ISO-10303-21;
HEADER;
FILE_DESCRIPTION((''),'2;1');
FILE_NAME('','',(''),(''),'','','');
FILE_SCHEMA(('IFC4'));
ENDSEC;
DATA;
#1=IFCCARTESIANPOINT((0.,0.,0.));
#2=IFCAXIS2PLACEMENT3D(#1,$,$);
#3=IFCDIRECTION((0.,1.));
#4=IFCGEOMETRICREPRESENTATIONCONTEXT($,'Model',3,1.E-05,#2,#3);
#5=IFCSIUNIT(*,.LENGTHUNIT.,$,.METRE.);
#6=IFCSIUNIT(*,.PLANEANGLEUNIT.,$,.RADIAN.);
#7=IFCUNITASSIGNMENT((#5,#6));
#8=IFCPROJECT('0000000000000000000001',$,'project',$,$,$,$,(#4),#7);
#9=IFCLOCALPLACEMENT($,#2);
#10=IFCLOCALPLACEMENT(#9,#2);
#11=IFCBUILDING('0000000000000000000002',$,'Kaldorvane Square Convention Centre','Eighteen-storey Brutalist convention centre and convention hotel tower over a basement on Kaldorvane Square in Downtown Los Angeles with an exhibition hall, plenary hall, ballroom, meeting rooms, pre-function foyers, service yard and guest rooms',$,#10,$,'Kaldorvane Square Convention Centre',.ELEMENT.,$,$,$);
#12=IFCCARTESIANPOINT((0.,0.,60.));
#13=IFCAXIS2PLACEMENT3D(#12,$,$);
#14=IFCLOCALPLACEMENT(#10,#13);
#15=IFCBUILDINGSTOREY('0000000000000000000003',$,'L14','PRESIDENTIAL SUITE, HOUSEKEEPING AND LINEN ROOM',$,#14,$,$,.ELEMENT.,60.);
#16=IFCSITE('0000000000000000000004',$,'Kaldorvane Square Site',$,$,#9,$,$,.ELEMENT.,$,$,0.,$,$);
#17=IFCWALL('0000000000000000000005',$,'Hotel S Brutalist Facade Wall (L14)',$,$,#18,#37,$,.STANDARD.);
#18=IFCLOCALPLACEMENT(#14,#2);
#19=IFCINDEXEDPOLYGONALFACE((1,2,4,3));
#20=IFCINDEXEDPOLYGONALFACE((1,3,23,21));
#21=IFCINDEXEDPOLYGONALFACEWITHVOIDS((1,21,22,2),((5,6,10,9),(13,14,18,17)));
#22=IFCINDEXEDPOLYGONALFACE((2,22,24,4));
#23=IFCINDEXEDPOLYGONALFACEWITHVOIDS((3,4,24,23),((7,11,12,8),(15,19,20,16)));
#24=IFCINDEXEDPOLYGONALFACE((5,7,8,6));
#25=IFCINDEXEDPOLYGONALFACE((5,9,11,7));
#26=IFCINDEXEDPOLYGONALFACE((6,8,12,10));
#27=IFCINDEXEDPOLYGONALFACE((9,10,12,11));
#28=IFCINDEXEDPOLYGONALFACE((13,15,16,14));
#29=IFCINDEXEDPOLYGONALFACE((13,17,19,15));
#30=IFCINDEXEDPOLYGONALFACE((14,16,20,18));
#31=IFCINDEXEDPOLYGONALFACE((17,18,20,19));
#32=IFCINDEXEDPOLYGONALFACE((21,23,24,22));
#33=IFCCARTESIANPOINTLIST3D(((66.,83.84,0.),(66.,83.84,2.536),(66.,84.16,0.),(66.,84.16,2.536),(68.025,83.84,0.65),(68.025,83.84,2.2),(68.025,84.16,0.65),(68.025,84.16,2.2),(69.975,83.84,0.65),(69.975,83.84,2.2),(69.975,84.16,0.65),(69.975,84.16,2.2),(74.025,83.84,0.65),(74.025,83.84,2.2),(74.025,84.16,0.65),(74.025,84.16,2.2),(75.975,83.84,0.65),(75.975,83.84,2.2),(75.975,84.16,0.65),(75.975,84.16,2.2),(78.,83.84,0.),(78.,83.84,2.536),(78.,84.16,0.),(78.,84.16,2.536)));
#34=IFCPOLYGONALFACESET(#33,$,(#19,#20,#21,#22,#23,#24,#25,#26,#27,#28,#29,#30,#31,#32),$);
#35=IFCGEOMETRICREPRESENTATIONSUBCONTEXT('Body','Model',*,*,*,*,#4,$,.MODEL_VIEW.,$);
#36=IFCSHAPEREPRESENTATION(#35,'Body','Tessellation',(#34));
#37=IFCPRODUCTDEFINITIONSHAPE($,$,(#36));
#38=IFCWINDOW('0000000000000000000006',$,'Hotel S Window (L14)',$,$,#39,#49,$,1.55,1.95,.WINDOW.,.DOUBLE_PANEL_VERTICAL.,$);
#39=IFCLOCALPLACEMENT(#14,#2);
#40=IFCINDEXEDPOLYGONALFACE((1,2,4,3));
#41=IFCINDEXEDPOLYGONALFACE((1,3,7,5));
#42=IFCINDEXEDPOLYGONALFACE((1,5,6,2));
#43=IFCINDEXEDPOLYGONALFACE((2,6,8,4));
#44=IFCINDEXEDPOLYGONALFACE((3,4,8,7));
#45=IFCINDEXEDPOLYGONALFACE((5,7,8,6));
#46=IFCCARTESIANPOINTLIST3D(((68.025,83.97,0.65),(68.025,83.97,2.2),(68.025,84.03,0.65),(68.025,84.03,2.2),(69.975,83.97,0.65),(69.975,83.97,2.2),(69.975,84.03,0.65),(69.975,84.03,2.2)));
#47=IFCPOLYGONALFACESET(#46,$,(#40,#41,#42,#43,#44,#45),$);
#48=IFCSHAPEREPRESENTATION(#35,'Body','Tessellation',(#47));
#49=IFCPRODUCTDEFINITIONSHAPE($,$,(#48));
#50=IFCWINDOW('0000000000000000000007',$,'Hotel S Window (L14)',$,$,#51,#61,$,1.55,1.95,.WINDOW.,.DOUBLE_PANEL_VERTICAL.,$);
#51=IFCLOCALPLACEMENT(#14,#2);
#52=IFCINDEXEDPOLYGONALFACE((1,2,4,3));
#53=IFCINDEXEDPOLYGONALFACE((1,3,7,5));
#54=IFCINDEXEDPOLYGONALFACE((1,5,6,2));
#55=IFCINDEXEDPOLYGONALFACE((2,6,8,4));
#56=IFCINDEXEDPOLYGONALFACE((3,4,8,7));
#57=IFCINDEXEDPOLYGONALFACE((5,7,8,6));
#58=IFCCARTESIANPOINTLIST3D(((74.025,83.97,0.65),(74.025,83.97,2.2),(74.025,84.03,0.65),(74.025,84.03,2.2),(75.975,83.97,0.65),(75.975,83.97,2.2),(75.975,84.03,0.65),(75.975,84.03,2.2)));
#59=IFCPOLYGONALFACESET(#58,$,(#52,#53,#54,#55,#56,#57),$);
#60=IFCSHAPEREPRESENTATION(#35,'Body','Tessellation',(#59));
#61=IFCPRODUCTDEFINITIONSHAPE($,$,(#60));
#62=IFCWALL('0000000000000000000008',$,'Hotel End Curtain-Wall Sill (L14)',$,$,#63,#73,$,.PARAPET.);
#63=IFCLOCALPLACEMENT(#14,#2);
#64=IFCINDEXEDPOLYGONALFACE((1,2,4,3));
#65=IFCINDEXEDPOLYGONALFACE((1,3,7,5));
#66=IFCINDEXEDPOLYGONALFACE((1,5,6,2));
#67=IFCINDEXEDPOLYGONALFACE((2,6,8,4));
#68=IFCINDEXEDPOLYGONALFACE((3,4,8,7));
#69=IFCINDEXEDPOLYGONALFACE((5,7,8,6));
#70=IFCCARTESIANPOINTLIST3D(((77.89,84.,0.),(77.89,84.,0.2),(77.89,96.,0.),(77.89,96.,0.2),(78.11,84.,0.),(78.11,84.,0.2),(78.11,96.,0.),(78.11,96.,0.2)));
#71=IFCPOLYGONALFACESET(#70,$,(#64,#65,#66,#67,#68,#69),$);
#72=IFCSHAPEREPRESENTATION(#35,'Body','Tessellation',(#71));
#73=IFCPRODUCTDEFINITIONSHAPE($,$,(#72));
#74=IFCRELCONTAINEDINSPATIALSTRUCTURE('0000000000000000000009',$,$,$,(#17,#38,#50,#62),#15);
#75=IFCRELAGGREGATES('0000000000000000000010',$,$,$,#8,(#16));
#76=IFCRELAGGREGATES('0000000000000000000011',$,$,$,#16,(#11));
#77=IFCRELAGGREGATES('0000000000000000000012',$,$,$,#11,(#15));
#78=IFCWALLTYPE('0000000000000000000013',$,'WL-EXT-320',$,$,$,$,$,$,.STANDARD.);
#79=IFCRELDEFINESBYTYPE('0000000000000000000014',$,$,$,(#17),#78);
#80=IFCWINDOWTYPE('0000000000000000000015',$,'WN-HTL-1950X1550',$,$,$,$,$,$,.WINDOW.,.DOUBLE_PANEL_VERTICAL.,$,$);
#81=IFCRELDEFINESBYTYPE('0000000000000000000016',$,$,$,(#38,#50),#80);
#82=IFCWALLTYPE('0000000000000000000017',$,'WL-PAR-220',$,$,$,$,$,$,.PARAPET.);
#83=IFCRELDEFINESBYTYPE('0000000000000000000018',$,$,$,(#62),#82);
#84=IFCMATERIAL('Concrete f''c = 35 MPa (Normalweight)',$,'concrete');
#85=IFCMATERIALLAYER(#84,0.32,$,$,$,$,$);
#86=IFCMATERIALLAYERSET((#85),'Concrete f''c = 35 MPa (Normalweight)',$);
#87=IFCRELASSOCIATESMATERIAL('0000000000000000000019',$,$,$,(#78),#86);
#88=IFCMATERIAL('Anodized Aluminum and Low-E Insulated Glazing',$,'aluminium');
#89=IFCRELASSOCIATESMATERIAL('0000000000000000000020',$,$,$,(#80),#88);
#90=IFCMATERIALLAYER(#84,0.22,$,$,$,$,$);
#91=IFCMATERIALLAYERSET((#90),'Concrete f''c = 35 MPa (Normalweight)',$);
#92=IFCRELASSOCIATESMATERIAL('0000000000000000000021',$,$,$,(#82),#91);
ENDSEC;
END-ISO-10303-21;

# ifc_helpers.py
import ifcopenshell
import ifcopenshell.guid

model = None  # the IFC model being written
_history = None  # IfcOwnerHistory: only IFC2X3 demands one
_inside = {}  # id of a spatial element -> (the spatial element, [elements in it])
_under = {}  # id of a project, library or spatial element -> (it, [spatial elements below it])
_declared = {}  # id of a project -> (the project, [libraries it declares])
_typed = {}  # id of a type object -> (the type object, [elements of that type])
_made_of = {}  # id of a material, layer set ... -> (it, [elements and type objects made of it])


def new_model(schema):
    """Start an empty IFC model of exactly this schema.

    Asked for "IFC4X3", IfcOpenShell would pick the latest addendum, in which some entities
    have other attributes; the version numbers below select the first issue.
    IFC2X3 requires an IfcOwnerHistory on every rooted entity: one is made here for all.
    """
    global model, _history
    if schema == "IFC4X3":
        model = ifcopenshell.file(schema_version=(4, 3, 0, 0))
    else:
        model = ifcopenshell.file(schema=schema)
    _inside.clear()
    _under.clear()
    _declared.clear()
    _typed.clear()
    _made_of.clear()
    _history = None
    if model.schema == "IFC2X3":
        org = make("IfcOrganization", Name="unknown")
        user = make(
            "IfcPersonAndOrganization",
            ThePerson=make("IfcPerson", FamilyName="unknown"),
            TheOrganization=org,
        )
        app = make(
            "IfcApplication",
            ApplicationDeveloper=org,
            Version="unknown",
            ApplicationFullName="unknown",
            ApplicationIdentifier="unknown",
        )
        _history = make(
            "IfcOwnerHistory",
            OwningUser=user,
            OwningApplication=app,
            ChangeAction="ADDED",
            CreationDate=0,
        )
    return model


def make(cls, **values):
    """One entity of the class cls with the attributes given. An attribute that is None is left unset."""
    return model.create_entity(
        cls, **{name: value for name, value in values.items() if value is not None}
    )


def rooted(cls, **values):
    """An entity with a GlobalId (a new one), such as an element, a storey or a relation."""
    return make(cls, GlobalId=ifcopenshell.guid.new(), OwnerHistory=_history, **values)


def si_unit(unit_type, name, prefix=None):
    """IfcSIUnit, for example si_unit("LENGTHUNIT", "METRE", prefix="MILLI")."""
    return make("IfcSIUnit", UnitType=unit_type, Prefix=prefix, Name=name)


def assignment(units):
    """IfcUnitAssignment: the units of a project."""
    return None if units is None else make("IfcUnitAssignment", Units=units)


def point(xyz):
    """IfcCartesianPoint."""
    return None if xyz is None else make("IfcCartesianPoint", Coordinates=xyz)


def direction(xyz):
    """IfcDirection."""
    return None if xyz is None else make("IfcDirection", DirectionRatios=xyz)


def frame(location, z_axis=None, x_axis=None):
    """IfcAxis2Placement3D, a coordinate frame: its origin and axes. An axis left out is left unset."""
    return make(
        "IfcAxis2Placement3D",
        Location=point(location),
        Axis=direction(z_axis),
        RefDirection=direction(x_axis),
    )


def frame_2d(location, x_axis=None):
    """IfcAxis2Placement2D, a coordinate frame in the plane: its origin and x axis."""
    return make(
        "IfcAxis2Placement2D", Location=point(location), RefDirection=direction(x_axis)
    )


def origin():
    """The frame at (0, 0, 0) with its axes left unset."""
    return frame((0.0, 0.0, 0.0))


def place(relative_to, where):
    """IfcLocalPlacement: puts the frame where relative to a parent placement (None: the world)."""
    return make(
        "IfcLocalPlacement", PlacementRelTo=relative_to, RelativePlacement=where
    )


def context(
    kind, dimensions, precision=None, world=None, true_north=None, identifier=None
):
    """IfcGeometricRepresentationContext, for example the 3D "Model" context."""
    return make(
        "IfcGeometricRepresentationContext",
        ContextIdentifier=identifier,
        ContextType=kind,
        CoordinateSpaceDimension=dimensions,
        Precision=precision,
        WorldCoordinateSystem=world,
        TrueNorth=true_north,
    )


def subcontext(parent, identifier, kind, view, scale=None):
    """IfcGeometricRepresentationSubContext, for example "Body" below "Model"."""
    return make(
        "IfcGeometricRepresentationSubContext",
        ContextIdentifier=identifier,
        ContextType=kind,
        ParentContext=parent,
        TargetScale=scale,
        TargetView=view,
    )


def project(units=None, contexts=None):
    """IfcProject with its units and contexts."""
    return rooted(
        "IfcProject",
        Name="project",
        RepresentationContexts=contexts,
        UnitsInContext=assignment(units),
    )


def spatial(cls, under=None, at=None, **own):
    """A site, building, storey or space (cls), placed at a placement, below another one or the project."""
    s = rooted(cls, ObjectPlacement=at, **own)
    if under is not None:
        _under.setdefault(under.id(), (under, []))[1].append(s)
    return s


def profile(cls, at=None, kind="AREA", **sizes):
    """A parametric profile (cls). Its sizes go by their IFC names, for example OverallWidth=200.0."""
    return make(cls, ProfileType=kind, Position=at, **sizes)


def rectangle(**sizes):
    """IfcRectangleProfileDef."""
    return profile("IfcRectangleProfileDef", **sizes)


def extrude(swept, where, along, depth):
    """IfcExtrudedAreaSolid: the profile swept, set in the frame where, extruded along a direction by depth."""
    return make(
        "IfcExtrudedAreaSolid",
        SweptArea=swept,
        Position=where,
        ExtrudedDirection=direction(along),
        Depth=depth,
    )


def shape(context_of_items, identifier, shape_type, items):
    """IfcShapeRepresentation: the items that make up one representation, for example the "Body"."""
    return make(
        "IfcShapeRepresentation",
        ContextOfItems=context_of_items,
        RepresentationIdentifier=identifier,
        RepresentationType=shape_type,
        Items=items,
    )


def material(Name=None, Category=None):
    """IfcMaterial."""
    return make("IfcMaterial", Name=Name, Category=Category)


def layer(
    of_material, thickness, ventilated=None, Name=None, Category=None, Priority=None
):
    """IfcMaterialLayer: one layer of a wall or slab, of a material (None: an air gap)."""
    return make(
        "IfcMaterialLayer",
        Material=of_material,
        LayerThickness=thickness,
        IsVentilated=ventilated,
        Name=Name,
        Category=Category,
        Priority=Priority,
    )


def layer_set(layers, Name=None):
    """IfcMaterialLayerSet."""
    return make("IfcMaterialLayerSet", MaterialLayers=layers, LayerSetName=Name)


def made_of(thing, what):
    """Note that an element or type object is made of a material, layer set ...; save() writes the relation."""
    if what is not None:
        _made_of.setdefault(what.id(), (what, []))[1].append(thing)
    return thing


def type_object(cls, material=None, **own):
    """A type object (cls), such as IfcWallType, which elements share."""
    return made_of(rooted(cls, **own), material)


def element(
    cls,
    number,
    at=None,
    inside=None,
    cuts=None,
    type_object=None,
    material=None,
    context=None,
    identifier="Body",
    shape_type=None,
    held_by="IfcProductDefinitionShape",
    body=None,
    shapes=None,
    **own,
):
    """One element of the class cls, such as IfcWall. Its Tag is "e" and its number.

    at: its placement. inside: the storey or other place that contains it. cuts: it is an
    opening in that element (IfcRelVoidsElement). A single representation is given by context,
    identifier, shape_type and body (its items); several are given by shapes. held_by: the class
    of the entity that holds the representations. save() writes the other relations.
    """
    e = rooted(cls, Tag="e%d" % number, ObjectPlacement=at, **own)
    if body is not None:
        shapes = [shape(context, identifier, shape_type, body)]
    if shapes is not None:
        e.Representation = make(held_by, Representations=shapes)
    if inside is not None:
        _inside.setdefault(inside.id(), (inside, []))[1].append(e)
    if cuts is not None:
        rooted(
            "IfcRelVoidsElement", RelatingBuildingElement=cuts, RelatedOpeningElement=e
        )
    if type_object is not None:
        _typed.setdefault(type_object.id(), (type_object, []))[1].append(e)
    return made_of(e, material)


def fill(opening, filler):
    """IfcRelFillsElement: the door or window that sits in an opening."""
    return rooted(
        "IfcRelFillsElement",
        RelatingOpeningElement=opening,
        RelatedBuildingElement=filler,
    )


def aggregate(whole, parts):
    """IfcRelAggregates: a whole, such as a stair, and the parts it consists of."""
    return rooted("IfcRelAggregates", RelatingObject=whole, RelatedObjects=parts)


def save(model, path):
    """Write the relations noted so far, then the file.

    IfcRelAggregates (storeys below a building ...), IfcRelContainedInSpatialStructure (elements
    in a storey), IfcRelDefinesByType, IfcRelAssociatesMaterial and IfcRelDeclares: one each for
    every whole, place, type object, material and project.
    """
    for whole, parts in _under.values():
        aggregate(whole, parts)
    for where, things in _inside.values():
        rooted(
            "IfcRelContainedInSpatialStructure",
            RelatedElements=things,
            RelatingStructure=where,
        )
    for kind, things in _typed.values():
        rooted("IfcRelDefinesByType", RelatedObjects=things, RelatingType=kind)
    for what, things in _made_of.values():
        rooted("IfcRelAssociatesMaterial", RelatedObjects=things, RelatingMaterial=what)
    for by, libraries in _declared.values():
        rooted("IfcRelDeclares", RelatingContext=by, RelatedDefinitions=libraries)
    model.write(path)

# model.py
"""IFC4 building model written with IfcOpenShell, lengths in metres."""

from ifc_helpers import new_model, si_unit, direction, frame, frame_2d, origin, place, context, subcontext, project, spatial, rectangle, extrude, material, layer, layer_set, type_object, element, fill, save


model = new_model("IFC4")

# Units and contexts
model_context = context("Model", 3, precision=1e-05, world=origin(), true_north=direction((0.0, 1.0)))
body_context = subcontext(model_context, "Body", "Model", "MODEL_VIEW")
ifc_project = project(units=[si_unit("LENGTHUNIT", "METRE"), si_unit("PLANEANGLEUNIT", "RADIAN")], contexts=[model_context])

# Site, building, storey
site_placement = place(None, origin())
site = spatial("IfcSite", under=ifc_project, at=site_placement, Name="Kaldorvane Square Site", CompositionType="ELEMENT", RefElevation=0.0)
building_placement = place(site_placement, origin())
building = spatial("IfcBuilding", under=site, at=building_placement, Name="Kaldorvane Square Convention Centre", Description="Eighteen-storey Brutalist convention centre and convention hotel tower over a basement on Kaldorvane Square in Downtown Los Angeles with an exhibition hall, plenary hall, ballroom, meeting rooms, pre-function foyers, service yard and guest rooms", LongName="Kaldorvane Square Convention Centre", CompositionType="ELEMENT")
storey_placement = place(building_placement, frame((0.0, 0.0, 60.0)))
storey = spatial("IfcBuildingStorey", under=building, at=storey_placement, Name="L14", Description="PRESIDENTIAL SUITE, HOUSEKEEPING AND LINEN ROOM", CompositionType="ELEMENT", Elevation=60.0)

# Shared definitions
ifc_material_1 = material(Name="Concrete f'c = 35 MPa (Normalweight)", Category="concrete")
ifc_layer_1 = layer(ifc_material_1, 0.32)
ifc_layer_set_1 = layer_set([ifc_layer_1], Name="Concrete f'c = 35 MPa (Normalweight)")
wall_type_1 = type_object("IfcWallType", Name="WL-EXT-320", PredefinedType="STANDARD", material=ifc_layer_set_1)
ifc_material_2 = material(Name="Anodized Aluminum and Low-E Insulated Glazing", Category="aluminium")
window_type_1 = type_object("IfcWindowType", Name="WN-HTL-1950X1550", PartitioningType="DOUBLE_PANEL_VERTICAL", PredefinedType="WINDOW", material=ifc_material_2)

# Wall, openings, windows
wall_1_placement = place(storey_placement, frame((66.0, 84.0, 0.0), z_axis=(0.0, 0.0, 1.0), x_axis=(1.0, 0.0, 0.0)))
wall_1 = element("IfcWall", 1, at=wall_1_placement, inside=storey, type_object=wall_type_1, Name="Hotel S Brutalist Facade Wall (L14)", PredefinedType="STANDARD", context=body_context, shape_type="SweptSolid", body=[
    extrude(rectangle(XDim=12.0, YDim=0.32, at=frame_2d((6.0, 0.0))), origin(), (0.0, 0.0, 1.0), 2.536),
])
opening_1_placement = place(wall_1_placement, frame((2.025, 0.0, 0.65)))
opening_1 = element("IfcOpeningElement", 2, at=opening_1_placement, cuts=wall_1, PredefinedType="OPENING", context=body_context, shape_type="SweptSolid", body=[
    extrude(rectangle(XDim=1.95, YDim=1.55, at=frame_2d((0.975, 0.775))), frame((0.0, 0.175, 0.0), z_axis=(0.0, -1.0, 0.0), x_axis=(1.0, 0.0, 0.0)), (0.0, 0.0, 1.0), 0.35),
])
opening_2_placement = place(wall_1_placement, frame((8.025, 0.0, 0.65)))
opening_2 = element("IfcOpeningElement", 3, at=opening_2_placement, cuts=wall_1, PredefinedType="OPENING", context=body_context, shape_type="SweptSolid", body=[
    extrude(rectangle(XDim=1.95, YDim=1.55, at=frame_2d((0.975, 0.775))), frame((0.0, 0.175, 0.0), z_axis=(0.0, -1.0, 0.0), x_axis=(1.0, 0.0, 0.0)), (0.0, 0.0, 1.0), 0.35),
])
window_1_placement = place(opening_1_placement, origin())
window_1 = element("IfcWindow", 4, at=window_1_placement, inside=storey, type_object=window_type_1, Name="Hotel S Window (L14)", OverallHeight=1.55, OverallWidth=1.95, PartitioningType="DOUBLE_PANEL_VERTICAL", PredefinedType="WINDOW", context=body_context, shape_type="SweptSolid", body=[
    extrude(rectangle(XDim=1.95, YDim=1.55, at=frame_2d((0.975, 0.775))), frame((0.0, 0.03, 0.0), z_axis=(0.0, -1.0, 0.0), x_axis=(1.0, 0.0, 0.0)), (0.0, 0.0, 1.0), 0.06),
])
fill(opening_1, window_1)
window_2_placement = place(opening_2_placement, origin())
window_2 = element("IfcWindow", 5, at=window_2_placement, inside=storey, type_object=window_type_1, Name="Hotel S Window (L14)", OverallHeight=1.55, OverallWidth=1.95, PartitioningType="DOUBLE_PANEL_VERTICAL", PredefinedType="WINDOW", context=body_context, shape_type="SweptSolid", body=[
    extrude(rectangle(XDim=1.95, YDim=1.55, at=frame_2d((0.975, 0.775))), frame((0.0, 0.03, 0.0), z_axis=(0.0, -1.0, 0.0), x_axis=(1.0, 0.0, 0.0)), (0.0, 0.0, 1.0), 0.06),
])
fill(opening_2, window_2)

# Wall
ifc_layer_2 = layer(ifc_material_1, 0.22)
ifc_layer_set_2 = layer_set([ifc_layer_2], Name="Concrete f'c = 35 MPa (Normalweight)")
wall_type_2 = type_object("IfcWallType", Name="WL-PAR-220", PredefinedType="PARAPET", material=ifc_layer_set_2)
wall_2_placement = place(storey_placement, frame((78.0, 84.0, 0.0), z_axis=(0.0, 0.0, 1.0), x_axis=(0.0, 1.0, 0.0)))
element("IfcWall", 6, at=wall_2_placement, inside=storey, type_object=wall_type_2, Name="Hotel End Curtain-Wall Sill (L14)", PredefinedType="PARAPET", context=body_context, shape_type="SweptSolid", body=[
    extrude(rectangle(XDim=12.0, YDim=0.22, at=frame_2d((6.0, 0.0))), origin(), (0.0, 0.0, 1.0), 0.2),
])

save(model, "model.ifc")
